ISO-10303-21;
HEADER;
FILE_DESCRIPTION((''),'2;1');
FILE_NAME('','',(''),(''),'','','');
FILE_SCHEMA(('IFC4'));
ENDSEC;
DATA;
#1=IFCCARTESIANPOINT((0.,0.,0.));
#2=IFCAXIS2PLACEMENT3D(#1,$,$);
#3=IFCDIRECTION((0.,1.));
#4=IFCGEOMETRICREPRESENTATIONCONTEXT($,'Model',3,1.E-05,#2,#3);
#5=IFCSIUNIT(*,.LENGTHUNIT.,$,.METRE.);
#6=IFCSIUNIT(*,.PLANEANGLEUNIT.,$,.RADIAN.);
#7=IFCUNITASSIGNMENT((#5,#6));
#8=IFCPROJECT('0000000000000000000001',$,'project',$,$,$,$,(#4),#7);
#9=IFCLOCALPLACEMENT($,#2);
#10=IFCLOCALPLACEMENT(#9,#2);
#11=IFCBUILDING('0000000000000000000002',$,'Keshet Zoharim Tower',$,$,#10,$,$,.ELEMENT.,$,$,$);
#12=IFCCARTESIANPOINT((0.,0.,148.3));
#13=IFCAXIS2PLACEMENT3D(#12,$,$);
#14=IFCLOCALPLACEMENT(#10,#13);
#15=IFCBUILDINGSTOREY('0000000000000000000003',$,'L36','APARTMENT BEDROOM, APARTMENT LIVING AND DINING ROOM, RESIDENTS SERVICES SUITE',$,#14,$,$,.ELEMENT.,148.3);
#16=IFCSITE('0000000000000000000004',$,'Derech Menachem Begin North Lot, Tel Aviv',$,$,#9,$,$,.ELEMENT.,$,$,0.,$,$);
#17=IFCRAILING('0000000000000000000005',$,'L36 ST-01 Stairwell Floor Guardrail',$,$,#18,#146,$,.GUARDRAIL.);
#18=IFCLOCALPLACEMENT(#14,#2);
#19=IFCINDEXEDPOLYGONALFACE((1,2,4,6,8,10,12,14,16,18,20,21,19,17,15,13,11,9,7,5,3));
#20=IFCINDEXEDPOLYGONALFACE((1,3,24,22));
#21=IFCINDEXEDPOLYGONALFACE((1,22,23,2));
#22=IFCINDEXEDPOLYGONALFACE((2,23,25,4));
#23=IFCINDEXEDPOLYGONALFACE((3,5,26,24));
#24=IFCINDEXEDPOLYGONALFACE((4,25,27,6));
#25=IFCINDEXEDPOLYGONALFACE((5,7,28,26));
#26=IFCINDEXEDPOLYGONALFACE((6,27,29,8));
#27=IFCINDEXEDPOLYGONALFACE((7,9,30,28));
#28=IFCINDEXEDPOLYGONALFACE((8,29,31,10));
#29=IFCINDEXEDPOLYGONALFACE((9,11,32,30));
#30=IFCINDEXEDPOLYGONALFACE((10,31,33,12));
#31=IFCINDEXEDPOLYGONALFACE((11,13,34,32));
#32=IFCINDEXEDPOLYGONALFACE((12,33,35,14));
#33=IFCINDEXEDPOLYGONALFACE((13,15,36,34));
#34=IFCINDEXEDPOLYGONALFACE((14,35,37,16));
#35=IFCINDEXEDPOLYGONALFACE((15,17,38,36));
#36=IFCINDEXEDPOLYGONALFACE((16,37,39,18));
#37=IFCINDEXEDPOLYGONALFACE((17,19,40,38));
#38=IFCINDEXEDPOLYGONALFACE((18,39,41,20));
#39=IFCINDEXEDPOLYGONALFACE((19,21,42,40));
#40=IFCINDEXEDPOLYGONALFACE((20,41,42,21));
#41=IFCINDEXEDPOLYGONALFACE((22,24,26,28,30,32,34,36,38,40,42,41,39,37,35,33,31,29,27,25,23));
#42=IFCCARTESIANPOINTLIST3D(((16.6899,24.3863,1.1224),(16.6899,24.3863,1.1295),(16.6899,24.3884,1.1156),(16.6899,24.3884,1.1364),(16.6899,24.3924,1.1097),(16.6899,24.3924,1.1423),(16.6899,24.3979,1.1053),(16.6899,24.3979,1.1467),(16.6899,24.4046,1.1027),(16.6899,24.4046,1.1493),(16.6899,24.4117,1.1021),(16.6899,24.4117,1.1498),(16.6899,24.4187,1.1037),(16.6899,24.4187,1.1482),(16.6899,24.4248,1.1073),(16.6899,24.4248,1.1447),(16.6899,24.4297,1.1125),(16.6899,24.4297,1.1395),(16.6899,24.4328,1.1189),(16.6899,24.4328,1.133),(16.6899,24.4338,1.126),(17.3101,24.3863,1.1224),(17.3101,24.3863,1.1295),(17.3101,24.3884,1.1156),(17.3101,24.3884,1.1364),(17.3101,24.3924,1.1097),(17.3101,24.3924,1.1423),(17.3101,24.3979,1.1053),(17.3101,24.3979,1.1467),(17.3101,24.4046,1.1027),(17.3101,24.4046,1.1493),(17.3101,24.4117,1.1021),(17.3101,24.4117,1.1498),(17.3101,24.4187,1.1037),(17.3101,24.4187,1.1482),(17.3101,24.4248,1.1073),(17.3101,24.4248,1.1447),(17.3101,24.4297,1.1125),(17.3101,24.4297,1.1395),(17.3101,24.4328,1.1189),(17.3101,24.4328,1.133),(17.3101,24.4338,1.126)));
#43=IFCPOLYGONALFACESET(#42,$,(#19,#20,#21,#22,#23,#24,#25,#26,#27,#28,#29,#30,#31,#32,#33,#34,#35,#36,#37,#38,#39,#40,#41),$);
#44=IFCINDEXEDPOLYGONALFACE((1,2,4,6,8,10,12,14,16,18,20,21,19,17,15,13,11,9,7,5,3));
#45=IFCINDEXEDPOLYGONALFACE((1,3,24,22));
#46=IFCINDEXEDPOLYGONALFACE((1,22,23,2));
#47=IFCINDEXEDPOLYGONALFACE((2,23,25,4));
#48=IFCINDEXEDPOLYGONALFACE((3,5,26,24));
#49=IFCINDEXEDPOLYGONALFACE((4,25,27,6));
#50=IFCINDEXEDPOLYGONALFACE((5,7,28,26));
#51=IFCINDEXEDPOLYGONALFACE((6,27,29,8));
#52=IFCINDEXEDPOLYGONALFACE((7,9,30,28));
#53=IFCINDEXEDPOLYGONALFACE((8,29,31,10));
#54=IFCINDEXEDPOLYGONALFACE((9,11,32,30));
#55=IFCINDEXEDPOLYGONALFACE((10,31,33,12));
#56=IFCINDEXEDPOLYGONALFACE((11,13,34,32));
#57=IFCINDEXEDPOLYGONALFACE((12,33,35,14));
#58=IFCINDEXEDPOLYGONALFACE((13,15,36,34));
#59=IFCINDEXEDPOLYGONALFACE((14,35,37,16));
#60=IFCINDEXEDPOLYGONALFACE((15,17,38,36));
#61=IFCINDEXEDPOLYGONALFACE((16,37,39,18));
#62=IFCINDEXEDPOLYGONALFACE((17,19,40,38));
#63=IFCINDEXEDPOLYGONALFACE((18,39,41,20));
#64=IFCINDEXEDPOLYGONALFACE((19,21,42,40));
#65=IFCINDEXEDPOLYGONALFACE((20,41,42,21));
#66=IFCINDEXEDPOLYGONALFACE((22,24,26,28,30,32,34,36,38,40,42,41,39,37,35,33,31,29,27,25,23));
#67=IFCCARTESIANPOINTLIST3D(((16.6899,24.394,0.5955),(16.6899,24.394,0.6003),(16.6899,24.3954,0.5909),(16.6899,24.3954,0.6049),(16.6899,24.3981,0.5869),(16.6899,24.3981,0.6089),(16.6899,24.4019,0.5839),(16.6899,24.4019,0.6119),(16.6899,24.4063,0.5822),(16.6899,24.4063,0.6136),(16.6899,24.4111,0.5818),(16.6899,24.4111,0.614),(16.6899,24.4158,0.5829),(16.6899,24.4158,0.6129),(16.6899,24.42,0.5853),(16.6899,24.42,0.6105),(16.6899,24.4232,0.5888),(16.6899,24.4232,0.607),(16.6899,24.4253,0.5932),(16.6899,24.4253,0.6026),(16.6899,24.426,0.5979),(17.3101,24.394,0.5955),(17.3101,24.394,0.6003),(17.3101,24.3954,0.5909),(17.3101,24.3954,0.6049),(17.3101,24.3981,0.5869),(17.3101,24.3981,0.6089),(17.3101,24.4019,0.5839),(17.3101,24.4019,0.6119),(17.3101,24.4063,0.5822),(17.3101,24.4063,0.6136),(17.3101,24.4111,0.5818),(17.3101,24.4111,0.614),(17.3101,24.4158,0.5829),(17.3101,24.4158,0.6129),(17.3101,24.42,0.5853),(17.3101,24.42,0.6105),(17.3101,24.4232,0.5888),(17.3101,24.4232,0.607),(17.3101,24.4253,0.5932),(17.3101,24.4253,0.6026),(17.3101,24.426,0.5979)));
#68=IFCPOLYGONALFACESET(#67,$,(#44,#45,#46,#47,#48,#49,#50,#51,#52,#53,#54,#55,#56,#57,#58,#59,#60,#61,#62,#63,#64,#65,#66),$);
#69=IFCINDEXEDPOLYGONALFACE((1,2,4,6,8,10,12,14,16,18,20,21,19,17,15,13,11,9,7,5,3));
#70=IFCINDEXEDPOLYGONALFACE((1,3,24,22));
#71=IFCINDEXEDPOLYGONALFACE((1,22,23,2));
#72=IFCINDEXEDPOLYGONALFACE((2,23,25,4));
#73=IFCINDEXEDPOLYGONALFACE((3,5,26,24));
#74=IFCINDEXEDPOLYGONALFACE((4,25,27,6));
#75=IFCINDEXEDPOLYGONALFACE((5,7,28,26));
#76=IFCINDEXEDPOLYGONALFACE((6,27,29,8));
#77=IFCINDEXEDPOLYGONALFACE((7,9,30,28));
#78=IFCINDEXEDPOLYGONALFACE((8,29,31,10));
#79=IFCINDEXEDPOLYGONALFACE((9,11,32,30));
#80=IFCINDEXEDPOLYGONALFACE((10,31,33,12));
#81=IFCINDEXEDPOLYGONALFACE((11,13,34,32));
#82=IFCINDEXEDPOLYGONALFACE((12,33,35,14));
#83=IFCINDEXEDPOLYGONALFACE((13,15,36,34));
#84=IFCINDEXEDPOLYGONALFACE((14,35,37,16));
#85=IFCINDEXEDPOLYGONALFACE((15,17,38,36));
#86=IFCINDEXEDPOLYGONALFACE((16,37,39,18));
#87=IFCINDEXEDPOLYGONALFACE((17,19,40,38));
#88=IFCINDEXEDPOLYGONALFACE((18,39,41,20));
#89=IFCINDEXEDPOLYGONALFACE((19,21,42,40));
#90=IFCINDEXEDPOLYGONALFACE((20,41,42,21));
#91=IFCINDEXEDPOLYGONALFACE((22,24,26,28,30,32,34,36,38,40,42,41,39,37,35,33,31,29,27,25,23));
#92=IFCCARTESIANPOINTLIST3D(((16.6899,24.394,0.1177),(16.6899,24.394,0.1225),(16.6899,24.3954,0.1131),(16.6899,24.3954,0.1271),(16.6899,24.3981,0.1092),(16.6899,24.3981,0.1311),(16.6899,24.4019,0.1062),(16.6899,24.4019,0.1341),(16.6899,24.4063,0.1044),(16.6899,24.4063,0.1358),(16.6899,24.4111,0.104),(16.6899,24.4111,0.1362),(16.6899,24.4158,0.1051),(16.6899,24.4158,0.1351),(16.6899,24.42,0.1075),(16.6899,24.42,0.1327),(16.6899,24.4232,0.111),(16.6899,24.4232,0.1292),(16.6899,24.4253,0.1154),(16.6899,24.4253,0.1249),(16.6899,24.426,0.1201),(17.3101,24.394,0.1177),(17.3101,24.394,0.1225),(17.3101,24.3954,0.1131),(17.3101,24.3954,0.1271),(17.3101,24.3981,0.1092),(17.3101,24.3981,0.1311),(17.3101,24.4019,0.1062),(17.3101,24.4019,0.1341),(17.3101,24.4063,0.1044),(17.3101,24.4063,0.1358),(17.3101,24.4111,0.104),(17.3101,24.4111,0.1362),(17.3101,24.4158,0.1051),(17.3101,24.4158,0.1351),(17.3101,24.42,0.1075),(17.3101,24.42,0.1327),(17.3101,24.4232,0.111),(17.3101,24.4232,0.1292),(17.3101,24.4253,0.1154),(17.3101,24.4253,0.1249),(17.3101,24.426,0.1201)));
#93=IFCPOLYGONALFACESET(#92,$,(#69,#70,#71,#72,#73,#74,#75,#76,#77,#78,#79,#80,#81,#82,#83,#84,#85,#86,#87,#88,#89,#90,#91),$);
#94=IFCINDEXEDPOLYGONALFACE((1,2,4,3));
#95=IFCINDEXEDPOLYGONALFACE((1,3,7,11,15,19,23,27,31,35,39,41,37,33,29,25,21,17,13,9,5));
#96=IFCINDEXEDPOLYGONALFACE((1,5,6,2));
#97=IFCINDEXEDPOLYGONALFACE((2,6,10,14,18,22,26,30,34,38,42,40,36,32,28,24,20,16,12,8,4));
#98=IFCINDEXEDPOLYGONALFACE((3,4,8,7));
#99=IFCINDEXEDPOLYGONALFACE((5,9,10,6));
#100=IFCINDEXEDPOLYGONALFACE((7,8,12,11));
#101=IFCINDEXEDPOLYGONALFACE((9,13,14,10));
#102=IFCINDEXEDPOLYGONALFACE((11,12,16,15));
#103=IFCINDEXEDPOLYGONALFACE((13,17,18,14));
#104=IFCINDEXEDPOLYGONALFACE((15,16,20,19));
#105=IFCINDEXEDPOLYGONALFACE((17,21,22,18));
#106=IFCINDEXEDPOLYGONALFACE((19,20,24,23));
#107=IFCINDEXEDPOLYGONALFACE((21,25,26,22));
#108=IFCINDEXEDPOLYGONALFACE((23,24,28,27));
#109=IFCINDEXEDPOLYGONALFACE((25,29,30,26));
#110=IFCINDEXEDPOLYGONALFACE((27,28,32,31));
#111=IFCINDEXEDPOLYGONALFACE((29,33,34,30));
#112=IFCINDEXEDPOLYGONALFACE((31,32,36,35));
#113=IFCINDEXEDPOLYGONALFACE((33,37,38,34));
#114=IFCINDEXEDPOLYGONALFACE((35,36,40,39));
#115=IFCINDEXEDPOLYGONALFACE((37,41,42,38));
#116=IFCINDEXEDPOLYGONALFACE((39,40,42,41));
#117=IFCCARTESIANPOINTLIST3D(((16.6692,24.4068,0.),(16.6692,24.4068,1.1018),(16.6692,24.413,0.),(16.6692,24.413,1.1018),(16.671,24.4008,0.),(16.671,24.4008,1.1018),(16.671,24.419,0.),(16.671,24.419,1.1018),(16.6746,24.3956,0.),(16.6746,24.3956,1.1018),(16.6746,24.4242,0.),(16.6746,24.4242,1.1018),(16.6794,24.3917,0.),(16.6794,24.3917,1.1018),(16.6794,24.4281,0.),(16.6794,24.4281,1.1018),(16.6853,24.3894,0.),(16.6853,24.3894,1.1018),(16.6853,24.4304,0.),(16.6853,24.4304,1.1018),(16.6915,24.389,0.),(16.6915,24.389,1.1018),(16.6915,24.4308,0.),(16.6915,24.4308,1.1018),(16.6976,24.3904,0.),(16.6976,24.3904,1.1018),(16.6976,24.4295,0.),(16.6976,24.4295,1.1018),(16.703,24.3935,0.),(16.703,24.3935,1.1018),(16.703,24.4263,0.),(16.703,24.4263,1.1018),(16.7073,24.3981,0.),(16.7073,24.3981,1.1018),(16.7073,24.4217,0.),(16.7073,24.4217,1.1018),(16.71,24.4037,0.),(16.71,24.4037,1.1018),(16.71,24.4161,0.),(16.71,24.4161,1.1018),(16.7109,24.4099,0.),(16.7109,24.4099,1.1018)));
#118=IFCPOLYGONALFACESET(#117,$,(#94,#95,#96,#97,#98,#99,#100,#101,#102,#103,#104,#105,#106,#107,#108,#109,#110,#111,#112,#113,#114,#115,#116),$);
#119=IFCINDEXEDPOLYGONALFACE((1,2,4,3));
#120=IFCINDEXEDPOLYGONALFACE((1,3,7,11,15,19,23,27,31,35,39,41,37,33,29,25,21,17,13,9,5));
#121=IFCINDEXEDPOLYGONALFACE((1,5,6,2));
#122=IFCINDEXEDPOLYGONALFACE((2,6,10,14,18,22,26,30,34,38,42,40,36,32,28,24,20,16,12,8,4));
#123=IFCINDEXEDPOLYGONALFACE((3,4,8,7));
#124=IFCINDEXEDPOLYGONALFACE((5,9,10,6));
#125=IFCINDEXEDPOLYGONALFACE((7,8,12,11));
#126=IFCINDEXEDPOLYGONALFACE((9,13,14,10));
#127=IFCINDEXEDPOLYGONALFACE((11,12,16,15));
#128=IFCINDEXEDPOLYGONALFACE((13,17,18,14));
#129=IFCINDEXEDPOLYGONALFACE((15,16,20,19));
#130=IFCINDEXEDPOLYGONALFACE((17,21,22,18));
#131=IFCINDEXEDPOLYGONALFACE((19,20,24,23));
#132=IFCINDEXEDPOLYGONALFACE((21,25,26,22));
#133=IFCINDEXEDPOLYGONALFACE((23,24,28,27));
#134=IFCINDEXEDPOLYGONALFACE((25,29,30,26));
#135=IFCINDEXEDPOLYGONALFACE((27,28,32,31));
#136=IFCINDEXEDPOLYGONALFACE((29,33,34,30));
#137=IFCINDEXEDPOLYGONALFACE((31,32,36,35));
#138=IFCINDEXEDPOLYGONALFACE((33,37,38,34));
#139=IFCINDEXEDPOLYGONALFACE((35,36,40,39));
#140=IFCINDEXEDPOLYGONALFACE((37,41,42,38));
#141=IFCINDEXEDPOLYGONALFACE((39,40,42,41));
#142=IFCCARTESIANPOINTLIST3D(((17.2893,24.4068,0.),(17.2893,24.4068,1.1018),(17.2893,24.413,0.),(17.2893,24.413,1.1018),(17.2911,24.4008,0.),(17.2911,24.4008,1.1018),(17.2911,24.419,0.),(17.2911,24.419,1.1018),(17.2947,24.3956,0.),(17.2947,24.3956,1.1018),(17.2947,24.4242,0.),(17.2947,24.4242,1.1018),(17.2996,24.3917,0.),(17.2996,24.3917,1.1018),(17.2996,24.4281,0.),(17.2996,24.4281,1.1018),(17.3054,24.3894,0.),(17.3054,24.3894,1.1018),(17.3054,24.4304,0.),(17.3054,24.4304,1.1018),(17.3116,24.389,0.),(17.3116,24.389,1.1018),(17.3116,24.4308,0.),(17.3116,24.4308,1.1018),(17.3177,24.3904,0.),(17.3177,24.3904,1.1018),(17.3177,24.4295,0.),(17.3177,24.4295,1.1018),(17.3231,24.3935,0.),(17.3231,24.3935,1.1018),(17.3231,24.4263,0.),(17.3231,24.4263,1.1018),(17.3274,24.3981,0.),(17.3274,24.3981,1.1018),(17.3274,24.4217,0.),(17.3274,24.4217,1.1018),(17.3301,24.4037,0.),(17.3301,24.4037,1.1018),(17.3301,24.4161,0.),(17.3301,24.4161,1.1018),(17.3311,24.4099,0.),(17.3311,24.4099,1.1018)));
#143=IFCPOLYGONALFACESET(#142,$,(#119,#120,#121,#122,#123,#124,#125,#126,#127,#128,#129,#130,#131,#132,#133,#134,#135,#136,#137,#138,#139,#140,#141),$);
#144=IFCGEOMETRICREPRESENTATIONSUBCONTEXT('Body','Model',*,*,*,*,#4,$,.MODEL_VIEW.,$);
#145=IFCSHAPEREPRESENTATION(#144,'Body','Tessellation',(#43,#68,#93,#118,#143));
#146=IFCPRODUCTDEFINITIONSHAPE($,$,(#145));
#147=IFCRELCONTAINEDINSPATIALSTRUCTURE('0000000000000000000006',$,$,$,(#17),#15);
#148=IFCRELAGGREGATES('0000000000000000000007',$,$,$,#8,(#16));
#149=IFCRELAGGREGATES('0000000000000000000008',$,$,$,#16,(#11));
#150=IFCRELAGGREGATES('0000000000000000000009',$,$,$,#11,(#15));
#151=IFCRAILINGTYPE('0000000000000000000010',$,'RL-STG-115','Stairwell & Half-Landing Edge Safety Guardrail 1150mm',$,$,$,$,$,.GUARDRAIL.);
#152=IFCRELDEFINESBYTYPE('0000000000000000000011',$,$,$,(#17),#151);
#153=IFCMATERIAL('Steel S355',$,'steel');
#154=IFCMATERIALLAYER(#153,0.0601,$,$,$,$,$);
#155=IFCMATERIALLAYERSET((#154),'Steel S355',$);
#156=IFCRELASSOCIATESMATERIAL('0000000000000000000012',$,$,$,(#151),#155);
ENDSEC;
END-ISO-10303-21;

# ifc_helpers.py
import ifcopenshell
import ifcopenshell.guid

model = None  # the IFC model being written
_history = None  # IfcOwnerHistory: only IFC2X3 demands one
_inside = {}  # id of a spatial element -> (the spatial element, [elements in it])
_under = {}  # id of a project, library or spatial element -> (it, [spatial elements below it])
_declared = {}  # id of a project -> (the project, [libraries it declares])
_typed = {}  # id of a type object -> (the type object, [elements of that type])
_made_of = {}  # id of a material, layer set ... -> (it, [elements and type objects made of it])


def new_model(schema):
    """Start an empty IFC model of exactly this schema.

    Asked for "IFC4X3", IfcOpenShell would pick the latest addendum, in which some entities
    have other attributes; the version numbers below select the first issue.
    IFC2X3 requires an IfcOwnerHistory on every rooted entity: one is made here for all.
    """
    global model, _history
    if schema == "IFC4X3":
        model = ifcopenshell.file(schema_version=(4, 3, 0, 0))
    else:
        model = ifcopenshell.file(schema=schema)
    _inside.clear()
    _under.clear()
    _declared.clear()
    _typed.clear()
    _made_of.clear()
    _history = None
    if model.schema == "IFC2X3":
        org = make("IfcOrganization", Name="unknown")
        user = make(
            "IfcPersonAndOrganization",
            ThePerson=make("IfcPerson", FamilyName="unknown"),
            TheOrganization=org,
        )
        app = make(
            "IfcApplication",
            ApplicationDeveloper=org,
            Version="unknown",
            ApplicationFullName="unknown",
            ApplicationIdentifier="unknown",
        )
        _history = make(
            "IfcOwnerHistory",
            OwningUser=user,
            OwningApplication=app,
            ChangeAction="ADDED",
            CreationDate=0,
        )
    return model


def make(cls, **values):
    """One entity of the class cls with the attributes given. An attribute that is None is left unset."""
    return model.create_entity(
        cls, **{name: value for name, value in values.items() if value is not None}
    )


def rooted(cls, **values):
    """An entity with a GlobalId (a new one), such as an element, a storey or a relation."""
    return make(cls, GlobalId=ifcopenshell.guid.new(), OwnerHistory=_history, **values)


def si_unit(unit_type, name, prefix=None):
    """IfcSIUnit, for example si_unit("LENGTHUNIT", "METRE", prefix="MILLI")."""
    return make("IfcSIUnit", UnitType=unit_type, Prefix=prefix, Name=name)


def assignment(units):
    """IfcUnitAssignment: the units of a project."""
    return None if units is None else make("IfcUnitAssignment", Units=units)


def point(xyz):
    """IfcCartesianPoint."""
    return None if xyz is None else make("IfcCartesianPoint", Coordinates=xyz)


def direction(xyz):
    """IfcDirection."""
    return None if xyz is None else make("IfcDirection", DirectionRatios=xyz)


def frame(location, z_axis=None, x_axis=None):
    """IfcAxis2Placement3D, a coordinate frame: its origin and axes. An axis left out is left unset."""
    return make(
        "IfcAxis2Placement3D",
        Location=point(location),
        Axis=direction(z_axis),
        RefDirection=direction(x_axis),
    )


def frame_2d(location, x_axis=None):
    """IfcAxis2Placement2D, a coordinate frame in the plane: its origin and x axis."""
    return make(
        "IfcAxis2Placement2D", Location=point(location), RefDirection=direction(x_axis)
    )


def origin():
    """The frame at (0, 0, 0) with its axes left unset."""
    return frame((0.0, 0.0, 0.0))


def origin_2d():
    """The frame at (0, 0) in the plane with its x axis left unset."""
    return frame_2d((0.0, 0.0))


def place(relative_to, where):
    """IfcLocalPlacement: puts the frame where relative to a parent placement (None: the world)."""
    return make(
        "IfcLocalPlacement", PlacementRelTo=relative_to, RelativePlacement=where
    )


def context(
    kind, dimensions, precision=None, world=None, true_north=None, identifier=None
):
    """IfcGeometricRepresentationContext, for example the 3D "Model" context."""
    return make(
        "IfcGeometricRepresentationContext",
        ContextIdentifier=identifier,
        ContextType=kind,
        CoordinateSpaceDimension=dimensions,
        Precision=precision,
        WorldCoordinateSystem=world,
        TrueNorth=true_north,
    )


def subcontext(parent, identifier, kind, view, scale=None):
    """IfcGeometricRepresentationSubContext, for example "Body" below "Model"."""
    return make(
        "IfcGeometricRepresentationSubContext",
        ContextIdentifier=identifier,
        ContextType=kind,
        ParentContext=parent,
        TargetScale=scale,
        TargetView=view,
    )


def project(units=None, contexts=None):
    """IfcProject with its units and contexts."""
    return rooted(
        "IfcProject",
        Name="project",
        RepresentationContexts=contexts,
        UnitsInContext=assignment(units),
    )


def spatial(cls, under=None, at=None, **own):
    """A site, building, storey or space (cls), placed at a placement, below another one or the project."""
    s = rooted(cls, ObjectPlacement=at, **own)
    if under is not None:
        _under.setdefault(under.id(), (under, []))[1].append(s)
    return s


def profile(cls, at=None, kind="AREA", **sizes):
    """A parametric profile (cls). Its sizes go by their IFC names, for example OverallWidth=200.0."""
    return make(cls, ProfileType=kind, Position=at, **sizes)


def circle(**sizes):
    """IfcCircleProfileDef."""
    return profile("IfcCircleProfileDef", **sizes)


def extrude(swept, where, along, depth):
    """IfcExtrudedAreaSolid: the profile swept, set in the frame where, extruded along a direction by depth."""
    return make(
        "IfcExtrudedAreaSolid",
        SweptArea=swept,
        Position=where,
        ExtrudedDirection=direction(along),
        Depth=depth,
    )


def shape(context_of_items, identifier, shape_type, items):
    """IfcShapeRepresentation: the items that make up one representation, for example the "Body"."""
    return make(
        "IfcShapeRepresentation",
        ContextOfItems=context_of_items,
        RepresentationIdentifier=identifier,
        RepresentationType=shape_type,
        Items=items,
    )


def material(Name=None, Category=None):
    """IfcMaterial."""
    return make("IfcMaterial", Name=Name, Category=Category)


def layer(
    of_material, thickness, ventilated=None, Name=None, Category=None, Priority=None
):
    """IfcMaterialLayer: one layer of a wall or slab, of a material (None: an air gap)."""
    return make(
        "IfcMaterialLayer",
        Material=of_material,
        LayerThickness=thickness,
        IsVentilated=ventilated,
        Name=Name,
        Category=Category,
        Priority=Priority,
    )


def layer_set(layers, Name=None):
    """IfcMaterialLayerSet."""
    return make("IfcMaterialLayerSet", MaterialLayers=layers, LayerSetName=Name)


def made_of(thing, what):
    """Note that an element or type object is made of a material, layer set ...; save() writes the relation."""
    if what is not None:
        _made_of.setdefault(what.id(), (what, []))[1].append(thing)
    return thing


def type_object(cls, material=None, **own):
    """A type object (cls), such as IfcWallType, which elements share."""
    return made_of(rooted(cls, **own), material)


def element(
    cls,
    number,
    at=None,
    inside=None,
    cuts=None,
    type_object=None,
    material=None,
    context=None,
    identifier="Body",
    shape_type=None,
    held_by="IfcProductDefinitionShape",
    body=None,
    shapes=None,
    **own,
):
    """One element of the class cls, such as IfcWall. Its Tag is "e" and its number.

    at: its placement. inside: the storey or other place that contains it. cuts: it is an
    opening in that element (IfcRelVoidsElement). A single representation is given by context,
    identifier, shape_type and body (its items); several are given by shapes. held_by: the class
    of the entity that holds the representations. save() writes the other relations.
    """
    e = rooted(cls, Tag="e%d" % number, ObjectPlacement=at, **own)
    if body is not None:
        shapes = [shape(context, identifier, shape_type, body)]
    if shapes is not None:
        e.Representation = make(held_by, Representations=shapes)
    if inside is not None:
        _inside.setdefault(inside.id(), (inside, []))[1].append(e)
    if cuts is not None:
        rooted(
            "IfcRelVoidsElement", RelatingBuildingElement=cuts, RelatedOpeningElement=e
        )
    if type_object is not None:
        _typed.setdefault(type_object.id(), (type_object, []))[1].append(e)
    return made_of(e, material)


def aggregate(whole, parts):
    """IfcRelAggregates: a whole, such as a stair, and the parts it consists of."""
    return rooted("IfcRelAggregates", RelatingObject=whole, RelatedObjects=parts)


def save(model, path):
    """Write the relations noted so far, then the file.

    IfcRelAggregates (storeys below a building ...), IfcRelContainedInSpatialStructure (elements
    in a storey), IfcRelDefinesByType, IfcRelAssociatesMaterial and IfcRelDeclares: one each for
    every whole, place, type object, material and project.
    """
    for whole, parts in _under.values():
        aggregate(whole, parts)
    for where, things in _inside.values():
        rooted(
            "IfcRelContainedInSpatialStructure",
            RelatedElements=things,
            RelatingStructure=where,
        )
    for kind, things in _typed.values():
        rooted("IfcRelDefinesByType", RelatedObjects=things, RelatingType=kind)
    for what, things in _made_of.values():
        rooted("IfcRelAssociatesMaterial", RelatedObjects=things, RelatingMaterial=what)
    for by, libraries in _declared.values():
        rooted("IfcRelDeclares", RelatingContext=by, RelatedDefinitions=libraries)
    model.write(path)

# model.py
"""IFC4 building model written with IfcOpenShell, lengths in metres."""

from ifc_helpers import new_model, si_unit, direction, frame, origin, origin_2d, place, context, subcontext, project, spatial, circle, extrude, material, layer, layer_set, type_object, element, save


model = new_model("IFC4")

# Units and contexts
model_context = context("Model", 3, precision=1e-05, world=origin(), true_north=direction((0.0, 1.0)))
body_context = subcontext(model_context, "Body", "Model", "MODEL_VIEW")
ifc_project = project(units=[si_unit("LENGTHUNIT", "METRE"), si_unit("PLANEANGLEUNIT", "RADIAN")], contexts=[model_context])

# Site, building, storey
site_placement = place(None, origin())
site = spatial("IfcSite", under=ifc_project, at=site_placement, Name="Derech Menachem Begin North Lot, Tel Aviv", CompositionType="ELEMENT", RefElevation=0.0)
building_placement = place(site_placement, origin())
building = spatial("IfcBuilding", under=site, at=building_placement, Name="Keshet Zoharim Tower", CompositionType="ELEMENT")
storey_placement = place(building_placement, frame((0.0, 0.0, 148.3)))
storey = spatial("IfcBuildingStorey", under=building, at=storey_placement, Name="L36", Description="APARTMENT BEDROOM, APARTMENT LIVING AND DINING ROOM, RESIDENTS SERVICES SUITE", CompositionType="ELEMENT", Elevation=148.3)

# Railing
ifc_material_1 = material(Name="Steel S355", Category="steel")
ifc_layer_1 = layer(ifc_material_1, 0.0601)
ifc_layer_set_1 = layer_set([ifc_layer_1], Name="Steel S355")
railing_type_1 = type_object("IfcRailingType", Name="RL-STG-115", Description="Stairwell & Half-Landing Edge Safety Guardrail 1150mm", PredefinedType="GUARDRAIL", material=ifc_layer_set_1)
railing_1_placement = place(storey_placement, frame((16.6899, 24.4099, 0.0)))
element("IfcRailing", 1, at=railing_1_placement, inside=storey, type_object=railing_type_1, Name="L36 ST-01 Stairwell Floor Guardrail", PredefinedType="GUARDRAIL", context=body_context, shape_type="SweptSolid", body=[
    extrude(circle(Radius=0.0239, at=origin_2d()), frame((0.0, 0.0, 1.126), z_axis=(1.0, 0.0, 0.0), x_axis=(0.0, 1.0, 0.0)), (0.0, 0.0, 1.0), 0.6201),
    extrude(circle(Radius=0.0161, at=origin_2d()), frame((0.0, 0.0, 0.5979), z_axis=(1.0, 0.0, 0.0), x_axis=(0.0, 1.0, 0.0)), (0.0, 0.0, 1.0), 0.6201),
    extrude(circle(Radius=0.0161, at=origin_2d()), frame((0.0, 0.0, 0.1201), z_axis=(1.0, 0.0, 0.0), x_axis=(0.0, 1.0, 0.0)), (0.0, 0.0, 1.0), 0.6201),
    extrude(circle(Radius=0.021, at=origin_2d()), origin(), (0.0, 0.0, 1.0), 1.1018),
    extrude(circle(Radius=0.021, at=origin_2d()), frame((0.6201, 0.0, 0.0)), (0.0, 0.0, 1.0), 1.1018),
])

save(model, "model.ifc")
